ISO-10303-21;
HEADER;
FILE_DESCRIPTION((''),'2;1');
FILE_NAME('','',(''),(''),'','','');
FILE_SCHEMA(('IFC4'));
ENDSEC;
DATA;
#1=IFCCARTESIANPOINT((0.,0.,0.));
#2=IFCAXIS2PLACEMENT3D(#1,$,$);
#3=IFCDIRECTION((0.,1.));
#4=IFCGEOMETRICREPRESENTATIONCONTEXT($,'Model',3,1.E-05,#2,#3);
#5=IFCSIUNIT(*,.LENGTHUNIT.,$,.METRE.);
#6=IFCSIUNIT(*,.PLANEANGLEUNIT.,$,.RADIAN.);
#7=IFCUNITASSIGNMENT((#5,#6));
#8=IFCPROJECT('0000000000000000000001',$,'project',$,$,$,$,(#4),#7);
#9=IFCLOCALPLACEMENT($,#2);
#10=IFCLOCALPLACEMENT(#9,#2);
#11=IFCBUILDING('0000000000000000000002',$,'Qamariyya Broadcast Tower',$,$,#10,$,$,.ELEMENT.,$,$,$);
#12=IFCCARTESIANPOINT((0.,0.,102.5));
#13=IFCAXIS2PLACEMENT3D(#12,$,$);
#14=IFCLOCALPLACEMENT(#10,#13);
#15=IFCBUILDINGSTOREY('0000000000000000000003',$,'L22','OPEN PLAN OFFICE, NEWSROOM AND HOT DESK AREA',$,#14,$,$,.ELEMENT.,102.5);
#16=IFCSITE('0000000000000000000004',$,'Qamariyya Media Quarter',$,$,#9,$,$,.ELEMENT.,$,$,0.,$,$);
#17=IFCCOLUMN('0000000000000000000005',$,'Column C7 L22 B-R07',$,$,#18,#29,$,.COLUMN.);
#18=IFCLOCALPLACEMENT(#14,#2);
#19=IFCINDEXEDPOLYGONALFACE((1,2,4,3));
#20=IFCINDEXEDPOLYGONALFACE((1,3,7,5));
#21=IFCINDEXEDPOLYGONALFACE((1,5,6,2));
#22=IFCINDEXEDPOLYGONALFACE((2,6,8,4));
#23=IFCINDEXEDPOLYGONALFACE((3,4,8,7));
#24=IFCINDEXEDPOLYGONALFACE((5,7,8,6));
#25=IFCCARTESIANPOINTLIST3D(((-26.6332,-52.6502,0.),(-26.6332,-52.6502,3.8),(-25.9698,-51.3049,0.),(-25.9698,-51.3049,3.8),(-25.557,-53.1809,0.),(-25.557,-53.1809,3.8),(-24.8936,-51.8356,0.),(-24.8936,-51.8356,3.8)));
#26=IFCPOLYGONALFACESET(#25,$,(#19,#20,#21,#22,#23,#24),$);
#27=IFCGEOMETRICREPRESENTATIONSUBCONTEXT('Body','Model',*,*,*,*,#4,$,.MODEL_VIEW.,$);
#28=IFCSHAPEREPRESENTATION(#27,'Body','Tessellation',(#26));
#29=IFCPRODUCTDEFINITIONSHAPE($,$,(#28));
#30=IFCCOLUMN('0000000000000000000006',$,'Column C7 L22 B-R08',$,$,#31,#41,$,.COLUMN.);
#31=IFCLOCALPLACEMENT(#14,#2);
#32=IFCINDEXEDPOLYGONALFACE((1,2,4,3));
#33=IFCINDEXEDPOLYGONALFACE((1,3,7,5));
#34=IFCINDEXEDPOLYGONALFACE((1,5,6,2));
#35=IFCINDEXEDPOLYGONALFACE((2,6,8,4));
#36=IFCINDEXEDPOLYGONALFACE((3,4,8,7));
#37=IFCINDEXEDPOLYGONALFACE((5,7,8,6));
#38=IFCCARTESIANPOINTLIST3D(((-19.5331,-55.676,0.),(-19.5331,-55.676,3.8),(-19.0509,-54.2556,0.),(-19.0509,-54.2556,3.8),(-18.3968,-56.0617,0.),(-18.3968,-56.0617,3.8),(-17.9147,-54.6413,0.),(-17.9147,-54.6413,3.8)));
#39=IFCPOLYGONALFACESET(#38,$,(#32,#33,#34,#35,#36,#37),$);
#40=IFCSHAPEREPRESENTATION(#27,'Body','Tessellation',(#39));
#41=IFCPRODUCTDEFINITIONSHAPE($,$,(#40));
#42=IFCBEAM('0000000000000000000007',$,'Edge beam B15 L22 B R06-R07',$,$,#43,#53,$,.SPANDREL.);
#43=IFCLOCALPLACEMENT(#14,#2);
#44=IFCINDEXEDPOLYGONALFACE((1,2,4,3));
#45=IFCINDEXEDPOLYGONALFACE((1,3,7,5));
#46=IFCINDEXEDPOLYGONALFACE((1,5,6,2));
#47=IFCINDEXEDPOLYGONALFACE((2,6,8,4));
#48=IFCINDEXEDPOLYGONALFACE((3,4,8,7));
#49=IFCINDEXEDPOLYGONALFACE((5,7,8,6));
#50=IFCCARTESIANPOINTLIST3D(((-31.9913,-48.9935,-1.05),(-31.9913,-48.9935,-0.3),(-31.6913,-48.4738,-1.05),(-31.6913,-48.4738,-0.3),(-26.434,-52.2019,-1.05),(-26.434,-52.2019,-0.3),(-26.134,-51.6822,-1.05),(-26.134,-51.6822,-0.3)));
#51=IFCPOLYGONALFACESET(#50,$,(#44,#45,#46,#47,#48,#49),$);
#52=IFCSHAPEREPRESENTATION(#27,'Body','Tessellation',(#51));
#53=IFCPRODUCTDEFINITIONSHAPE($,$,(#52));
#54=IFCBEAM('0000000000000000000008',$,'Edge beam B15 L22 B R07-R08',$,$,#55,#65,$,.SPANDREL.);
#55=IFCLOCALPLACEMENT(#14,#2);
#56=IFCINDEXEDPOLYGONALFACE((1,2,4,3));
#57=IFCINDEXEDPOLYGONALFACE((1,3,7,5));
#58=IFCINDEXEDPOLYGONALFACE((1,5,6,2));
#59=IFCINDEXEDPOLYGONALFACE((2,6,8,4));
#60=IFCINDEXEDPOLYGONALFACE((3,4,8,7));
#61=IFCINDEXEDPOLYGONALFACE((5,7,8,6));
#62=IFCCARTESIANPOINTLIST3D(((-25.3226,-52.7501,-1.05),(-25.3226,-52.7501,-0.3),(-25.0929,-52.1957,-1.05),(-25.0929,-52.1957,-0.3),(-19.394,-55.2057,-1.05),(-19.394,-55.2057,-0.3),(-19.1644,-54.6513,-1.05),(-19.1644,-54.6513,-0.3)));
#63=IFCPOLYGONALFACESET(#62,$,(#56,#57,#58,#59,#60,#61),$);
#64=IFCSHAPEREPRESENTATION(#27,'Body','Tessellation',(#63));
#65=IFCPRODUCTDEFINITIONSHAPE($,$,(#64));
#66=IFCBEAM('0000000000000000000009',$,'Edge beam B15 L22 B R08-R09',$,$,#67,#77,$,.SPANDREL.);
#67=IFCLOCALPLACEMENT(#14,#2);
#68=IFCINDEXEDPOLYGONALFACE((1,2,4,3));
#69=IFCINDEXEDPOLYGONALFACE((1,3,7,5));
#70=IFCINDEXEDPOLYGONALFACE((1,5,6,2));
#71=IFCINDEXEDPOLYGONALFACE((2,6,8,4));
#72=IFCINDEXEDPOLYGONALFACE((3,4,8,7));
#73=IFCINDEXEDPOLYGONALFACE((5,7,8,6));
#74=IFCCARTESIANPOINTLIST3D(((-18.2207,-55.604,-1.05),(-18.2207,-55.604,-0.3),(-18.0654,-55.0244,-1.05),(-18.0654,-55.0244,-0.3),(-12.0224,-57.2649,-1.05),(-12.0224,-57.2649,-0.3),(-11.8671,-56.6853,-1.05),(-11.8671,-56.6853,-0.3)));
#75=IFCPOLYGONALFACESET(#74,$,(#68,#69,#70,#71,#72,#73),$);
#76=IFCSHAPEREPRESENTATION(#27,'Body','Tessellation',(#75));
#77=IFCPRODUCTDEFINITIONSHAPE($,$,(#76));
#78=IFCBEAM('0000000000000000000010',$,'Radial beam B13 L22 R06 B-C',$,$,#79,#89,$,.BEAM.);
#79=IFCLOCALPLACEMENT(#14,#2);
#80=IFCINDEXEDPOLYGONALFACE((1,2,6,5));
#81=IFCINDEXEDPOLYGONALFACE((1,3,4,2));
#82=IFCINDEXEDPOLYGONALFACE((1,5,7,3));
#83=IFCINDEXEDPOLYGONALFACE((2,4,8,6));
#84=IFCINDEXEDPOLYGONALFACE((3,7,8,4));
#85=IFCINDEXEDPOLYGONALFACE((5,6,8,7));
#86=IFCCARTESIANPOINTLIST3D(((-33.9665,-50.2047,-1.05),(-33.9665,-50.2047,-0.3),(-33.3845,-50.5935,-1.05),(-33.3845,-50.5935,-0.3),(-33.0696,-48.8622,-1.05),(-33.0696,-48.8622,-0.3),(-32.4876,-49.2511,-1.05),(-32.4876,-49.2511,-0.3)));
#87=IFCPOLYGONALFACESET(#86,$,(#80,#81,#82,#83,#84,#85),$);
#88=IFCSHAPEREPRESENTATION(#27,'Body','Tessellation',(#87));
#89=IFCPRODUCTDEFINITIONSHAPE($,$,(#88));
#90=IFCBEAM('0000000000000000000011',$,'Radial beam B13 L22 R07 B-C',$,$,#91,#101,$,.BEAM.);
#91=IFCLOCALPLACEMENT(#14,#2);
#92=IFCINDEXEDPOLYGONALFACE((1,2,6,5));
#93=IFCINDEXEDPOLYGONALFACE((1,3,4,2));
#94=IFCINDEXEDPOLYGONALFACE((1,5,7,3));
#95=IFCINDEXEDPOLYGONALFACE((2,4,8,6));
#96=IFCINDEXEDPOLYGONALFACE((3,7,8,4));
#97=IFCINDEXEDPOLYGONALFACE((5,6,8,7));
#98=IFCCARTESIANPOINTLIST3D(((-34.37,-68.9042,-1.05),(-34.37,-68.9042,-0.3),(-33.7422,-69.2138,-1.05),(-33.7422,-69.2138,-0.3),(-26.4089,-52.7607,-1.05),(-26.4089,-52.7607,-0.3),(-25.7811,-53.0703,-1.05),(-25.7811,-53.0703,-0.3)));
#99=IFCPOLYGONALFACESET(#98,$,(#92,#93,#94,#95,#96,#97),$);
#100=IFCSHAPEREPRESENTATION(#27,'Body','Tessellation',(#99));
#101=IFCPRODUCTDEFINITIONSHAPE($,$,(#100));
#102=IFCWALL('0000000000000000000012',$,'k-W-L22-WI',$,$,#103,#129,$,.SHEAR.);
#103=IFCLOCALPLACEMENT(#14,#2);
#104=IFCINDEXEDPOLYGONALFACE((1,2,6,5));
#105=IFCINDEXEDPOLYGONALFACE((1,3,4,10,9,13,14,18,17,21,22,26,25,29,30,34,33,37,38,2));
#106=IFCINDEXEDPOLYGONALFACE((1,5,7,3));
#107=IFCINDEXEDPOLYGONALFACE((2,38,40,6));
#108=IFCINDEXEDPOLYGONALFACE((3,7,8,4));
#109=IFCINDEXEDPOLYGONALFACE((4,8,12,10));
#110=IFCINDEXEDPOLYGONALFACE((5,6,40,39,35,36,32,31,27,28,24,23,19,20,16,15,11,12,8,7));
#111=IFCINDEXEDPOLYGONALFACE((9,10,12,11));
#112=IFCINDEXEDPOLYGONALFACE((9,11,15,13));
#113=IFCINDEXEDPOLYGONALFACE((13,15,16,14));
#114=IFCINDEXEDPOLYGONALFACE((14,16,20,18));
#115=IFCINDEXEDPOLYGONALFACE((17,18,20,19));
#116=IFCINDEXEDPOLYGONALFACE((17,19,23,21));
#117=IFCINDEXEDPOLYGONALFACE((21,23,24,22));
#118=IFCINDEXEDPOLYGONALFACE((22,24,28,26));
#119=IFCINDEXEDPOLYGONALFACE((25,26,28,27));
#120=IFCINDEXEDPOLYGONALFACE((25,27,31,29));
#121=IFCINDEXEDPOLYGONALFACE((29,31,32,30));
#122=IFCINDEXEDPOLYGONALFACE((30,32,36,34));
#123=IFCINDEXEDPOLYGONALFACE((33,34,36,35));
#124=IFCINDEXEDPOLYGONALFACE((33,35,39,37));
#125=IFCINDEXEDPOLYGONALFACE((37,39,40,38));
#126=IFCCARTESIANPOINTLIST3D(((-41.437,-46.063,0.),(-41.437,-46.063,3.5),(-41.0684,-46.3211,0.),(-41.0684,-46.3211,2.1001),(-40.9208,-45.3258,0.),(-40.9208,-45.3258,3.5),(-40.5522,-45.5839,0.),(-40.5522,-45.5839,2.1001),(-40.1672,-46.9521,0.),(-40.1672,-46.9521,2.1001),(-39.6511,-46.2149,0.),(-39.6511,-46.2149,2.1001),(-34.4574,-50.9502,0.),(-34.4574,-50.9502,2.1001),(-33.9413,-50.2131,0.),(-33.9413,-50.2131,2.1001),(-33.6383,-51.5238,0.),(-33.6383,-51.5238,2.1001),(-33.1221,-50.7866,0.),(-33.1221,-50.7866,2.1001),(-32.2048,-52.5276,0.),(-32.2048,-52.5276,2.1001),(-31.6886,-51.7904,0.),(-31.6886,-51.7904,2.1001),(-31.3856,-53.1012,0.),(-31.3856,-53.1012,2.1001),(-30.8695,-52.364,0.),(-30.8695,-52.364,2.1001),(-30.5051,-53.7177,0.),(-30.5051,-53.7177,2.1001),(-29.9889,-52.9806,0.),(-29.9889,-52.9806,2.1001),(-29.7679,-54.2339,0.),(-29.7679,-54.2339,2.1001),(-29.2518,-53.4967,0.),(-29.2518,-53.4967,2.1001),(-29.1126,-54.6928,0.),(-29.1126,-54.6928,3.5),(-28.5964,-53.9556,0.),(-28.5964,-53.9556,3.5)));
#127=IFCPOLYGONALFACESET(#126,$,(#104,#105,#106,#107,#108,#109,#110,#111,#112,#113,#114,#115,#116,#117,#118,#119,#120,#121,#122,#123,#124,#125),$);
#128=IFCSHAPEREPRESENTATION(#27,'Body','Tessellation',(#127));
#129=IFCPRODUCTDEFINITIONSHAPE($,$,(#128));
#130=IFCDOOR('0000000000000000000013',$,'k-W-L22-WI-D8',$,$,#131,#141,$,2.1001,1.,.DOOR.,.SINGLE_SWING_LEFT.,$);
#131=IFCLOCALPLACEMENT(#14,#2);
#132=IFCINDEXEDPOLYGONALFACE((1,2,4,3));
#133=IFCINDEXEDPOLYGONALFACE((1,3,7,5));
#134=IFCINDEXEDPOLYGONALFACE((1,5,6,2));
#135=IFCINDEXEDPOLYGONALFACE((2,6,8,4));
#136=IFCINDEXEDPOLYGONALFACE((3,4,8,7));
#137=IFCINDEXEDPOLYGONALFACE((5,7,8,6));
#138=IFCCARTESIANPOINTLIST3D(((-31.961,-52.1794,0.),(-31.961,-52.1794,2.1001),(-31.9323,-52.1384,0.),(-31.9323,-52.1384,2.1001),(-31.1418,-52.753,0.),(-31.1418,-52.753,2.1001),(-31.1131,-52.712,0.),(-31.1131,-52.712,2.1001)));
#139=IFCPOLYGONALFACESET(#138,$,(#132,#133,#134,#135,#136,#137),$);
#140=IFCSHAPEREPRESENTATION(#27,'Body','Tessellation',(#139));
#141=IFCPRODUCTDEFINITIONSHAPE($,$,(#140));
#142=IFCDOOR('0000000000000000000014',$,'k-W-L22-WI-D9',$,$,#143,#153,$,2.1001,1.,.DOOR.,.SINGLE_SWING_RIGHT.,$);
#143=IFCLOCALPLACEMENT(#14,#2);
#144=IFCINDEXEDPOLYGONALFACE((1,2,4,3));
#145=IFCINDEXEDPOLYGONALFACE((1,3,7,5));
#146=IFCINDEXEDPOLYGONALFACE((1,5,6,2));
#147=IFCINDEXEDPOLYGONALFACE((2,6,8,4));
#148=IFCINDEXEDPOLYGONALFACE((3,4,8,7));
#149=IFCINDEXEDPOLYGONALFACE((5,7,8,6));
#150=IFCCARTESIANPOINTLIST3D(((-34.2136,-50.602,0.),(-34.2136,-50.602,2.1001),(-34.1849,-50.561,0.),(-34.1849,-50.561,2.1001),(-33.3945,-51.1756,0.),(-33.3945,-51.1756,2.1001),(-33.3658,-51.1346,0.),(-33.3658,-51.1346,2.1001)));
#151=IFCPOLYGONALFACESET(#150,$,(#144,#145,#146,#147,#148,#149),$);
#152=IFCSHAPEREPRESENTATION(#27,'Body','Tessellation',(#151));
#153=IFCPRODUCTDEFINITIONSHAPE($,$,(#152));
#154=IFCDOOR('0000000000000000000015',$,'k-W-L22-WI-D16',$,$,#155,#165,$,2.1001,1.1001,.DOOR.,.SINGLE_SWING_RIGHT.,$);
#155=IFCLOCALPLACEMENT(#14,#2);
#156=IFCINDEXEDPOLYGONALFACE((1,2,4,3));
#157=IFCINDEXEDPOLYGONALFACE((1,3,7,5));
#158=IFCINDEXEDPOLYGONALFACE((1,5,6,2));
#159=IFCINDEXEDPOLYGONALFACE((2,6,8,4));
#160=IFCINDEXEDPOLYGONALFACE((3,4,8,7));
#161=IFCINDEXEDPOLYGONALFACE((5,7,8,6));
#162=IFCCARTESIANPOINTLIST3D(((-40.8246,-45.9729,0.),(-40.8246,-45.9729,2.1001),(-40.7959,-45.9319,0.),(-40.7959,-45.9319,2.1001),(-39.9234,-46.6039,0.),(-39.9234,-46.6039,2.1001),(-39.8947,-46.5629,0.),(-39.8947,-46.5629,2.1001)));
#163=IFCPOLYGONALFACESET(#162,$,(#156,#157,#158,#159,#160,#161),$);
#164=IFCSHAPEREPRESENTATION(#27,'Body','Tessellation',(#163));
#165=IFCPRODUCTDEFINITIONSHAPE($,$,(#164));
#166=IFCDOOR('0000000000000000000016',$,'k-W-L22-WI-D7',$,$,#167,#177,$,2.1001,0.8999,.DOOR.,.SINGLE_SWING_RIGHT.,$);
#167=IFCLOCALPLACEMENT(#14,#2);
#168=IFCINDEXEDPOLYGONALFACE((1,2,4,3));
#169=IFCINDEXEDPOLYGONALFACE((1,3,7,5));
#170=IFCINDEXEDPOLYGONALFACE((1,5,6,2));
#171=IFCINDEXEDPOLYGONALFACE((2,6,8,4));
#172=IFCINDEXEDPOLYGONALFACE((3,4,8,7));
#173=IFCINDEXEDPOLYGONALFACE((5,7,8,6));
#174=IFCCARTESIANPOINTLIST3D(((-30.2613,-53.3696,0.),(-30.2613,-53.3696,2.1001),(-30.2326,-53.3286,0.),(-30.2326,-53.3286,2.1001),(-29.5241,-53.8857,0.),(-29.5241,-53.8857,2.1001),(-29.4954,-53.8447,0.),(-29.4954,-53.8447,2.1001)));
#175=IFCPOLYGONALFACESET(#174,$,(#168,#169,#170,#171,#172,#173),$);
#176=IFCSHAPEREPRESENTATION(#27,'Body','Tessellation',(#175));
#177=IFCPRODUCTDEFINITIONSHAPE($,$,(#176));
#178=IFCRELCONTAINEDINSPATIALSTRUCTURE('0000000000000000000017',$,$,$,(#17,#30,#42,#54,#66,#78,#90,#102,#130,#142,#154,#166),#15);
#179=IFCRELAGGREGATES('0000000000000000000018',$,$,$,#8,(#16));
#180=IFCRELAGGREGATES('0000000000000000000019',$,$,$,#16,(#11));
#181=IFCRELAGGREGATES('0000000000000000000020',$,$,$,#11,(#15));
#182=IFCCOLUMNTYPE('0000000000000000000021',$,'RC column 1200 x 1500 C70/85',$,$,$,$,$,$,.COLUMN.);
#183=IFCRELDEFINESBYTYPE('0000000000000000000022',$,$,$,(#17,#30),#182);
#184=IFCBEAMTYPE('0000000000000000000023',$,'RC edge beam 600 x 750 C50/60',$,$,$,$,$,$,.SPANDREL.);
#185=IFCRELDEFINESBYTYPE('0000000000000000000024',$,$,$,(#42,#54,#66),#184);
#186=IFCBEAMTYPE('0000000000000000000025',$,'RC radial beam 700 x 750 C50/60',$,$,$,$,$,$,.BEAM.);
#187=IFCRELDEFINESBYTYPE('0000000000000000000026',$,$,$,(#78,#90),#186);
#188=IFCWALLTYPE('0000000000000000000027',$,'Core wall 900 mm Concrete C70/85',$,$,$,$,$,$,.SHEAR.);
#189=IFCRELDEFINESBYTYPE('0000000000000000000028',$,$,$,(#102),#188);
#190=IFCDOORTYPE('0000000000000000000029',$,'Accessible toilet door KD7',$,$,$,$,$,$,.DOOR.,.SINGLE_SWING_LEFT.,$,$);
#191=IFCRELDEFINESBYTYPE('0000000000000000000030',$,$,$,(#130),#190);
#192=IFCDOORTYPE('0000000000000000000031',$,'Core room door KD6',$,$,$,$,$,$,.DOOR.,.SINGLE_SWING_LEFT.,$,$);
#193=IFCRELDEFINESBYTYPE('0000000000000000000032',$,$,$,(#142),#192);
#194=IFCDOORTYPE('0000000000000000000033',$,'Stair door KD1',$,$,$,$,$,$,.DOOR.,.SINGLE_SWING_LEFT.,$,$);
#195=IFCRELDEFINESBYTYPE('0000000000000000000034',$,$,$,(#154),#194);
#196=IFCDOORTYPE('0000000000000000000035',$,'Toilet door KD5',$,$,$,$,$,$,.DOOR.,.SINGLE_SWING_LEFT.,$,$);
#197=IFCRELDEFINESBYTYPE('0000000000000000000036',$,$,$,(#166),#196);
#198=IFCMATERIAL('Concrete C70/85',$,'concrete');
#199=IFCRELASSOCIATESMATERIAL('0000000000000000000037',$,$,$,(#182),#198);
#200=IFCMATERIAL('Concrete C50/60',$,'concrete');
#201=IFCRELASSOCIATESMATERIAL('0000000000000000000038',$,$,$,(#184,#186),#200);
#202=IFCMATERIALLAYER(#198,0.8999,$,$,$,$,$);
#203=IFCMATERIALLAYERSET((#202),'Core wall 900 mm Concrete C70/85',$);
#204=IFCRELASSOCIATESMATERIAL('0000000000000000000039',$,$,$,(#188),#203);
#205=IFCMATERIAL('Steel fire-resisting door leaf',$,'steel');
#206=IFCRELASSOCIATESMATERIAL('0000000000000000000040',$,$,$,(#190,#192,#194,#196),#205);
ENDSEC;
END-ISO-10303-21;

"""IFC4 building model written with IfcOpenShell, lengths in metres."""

from ifc_helpers import new_model, si_unit, direction, frame, frame_2d, origin, origin_2d, place, context, subcontext, project, spatial, rectangle, extrude, material, layer, layer_set, material_profile, profile_set, type_object, element, fill, save


model = new_model("IFC4")

# Units and contexts
model_context = context("Model", 3, precision=1e-05, world=origin(), true_north=direction((0.0, 1.0)))
body_context = subcontext(model_context, "Body", "Model", "MODEL_VIEW")
ifc_project = project(units=[si_unit("LENGTHUNIT", "METRE"), si_unit("PLANEANGLEUNIT", "RADIAN")], contexts=[model_context])

# Site, building, storey
site_placement = place(None, origin())
site = spatial("IfcSite", under=ifc_project, at=site_placement, Name="Qamariyya Media Quarter", CompositionType="ELEMENT", RefElevation=0.0)
building_placement = place(site_placement, origin())
building = spatial("IfcBuilding", under=site, at=building_placement, Name="Qamariyya Broadcast Tower", CompositionType="ELEMENT")
storey_placement = place(building_placement, frame((0.0, 0.0, 102.5)))
storey = spatial("IfcBuildingStorey", under=building, at=storey_placement, Name="L22", Description="OPEN PLAN OFFICE, NEWSROOM AND HOT DESK AREA", CompositionType="ELEMENT", Elevation=102.5)

# Columns
ifc_material_1 = material(Name="Concrete C70/85", Category="concrete")
ifc_material_profile_1 = material_profile(ifc_material_1, rectangle(XDim=1.2, YDim=1.5, at=origin_2d()))
ifc_profile_set_1 = profile_set([ifc_material_profile_1], Name="Concrete C70/85")
column_type = type_object("IfcColumnType", Name="RC column 1200 x 1500 C70/85", PredefinedType="COLUMN", material=ifc_profile_set_1)
for number, where, z_axis, x_axis, name in (
    (1, (-25.7634, -52.2429, 0.0), (0.0, 0.0, 1.0), (0.896873, -0.442289, 0.0), "Column C7 L22 B-R07"),
    (2, (-18.7239, -55.1587, 0.0), (0.0, 0.0, 1.0), (0.94693, -0.321439, 0.0), "Column C7 L22 B-R08"),
):
    element("IfcColumn", number, at=place(storey_placement, frame(where, z_axis=z_axis, x_axis=x_axis)), inside=storey, type_object=column_type, Name=name, PredefinedType="COLUMN", context=body_context, shape_type="SweptSolid", body=[
        extrude(rectangle(XDim=1.2, YDim=1.5, at=origin_2d()), origin(), (0.0, 0.0, 1.0), 3.8),
    ])

# Beams
ifc_material_2 = material(Name="Concrete C50/60", Category="concrete")
ifc_material_profile_2 = material_profile(ifc_material_2, rectangle(XDim=0.6001, YDim=0.75, at=origin_2d()))
ifc_profile_set_2 = profile_set([ifc_material_profile_2], Name="Concrete C50/60")
beam_type_1 = type_object("IfcBeamType", Name="RC edge beam 600 x 750 C50/60", PredefinedType="SPANDREL", material=ifc_profile_set_2)
for number, where, z_axis, x_axis, name in (
    (3, (-31.8413, -48.7336, -0.675), (0.866029, -0.499994, 0.0), (0.499994, 0.866029, 0.0), "Edge beam B15 L22 B R06-R07"),
    (4, (-25.2078, -52.4729, -0.675), (0.923884, -0.382672, 0.0), (0.382672, 0.923884, 0.0), "Edge beam B15 L22 B R07-R08"),
    (5, (-18.1431, -55.3142, -0.675), (0.965923, -0.25883, 0.0), (0.25883, 0.965923, 0.0), "Edge beam B15 L22 B R08-R09"),
):
    element("IfcBeam", number, at=place(storey_placement, frame(where, z_axis=z_axis, x_axis=x_axis)), inside=storey, type_object=beam_type_1, Name=name, PredefinedType="SPANDREL", context=body_context, shape_type="SweptSolid", body=[
        extrude(rectangle(XDim=0.6001, YDim=0.75, at=origin_2d()), origin(), (0.0, 0.0, 1.0), 6.417),
    ])
ifc_material_profile_3 = material_profile(ifc_material_2, rectangle(XDim=0.7, YDim=0.75, at=origin_2d()))
ifc_profile_set_3 = profile_set([ifc_material_profile_3], Name="Concrete C50/60")
beam_type_2 = type_object("IfcBeamType", Name="RC radial beam 700 x 750 C50/60", PredefinedType="BEAM", material=ifc_profile_set_3)
beam_1_placement = place(storey_placement, frame((-32.7786, -49.0566, -0.675), z_axis=(-0.555537, -0.831492, 0.0), x_axis=(0.831492, -0.555537, 0.0)))
element("IfcBeam", 6, at=beam_1_placement, inside=storey, type_object=beam_type_2, Name="Radial beam B13 L22 R06 B-C", PredefinedType="BEAM", context=body_context, shape_type="SweptSolid", body=[
    extrude(rectangle(XDim=0.7, YDim=0.75, at=origin_2d()), origin(), (0.0, 0.0, 1.0), 1.6145),
])
beam_2_placement = place(storey_placement, frame((-26.095, -52.9155, -0.675), z_axis=(-0.442291, -0.896871, 0.0), x_axis=(0.896871, -0.442291, 0.0)))
element("IfcBeam", 7, at=beam_2_placement, inside=storey, type_object=beam_type_2, Name="Radial beam B13 L22 R07 B-C", PredefinedType="BEAM", context=body_context, shape_type="SweptSolid", body=[
    extrude(rectangle(XDim=0.7, YDim=0.75, at=origin_2d()), origin(), (0.0, 0.0, 1.0), 17.9998),
])

# Wall, openings, doors
ifc_layer_1 = layer(ifc_material_1, 0.8999)
ifc_layer_set_1 = layer_set([ifc_layer_1], Name="Core wall 900 mm Concrete C70/85")
wall_type_1 = type_object("IfcWallType", Name="Core wall 900 mm Concrete C70/85", PredefinedType="SHEAR", material=ifc_layer_set_1)
wall_1_placement = place(storey_placement, frame((-28.8545, -54.3242, 0.0), z_axis=(0.0, 0.0, 1.0), x_axis=(-0.819146, 0.573585, 0.0)))
wall_1 = element("IfcWall", 8, at=wall_1_placement, inside=storey, type_object=wall_type_1, Name="k-W-L22-WI", PredefinedType="SHEAR", context=body_context, shape_type="SweptSolid", body=[
    extrude(rectangle(XDim=15.0454, YDim=0.8999, at=frame_2d((7.5227, 0.0))), origin(), (0.0, 0.0, 1.0), 3.5),
])
opening_1_placement = place(wall_1_placement, frame((0.8, 0.0, 0.0)))
opening_1 = element("IfcOpeningElement", 9, at=opening_1_placement, cuts=wall_1, PredefinedType="OPENING", context=body_context, shape_type="SweptSolid", body=[
    extrude(rectangle(XDim=0.8999, YDim=2.1001, at=frame_2d((0.45, 1.05))), frame((0.0, 0.46, 0.0), z_axis=(0.0, -1.0, 0.0), x_axis=(1.0, 0.0, 0.0)), (0.0, 0.0, 1.0), 0.9199),
])
opening_2_placement = place(wall_1_placement, frame((2.7749, 0.0, 0.0)))
opening_2 = element("IfcOpeningElement", 10, at=opening_2_placement, cuts=wall_1, PredefinedType="OPENING", context=body_context, shape_type="SweptSolid", body=[
    extrude(rectangle(XDim=1.0, YDim=2.1001, at=frame_2d((0.5, 1.05))), frame((0.0, 0.46, 0.0), z_axis=(0.0, -1.0, 0.0), x_axis=(1.0, 0.0, 0.0)), (0.0, 0.0, 1.0), 0.9199),
])
opening_3_placement = place(wall_1_placement, frame((5.5249, 0.0, 0.0)))
opening_3 = element("IfcOpeningElement", 11, at=opening_3_placement, cuts=wall_1, PredefinedType="OPENING", context=body_context, shape_type="SweptSolid", body=[
    extrude(rectangle(XDim=1.0, YDim=2.1001, at=frame_2d((0.5, 1.05))), frame((0.0, 0.46, 0.0), z_axis=(0.0, -1.0, 0.0), x_axis=(1.0, 0.0, 0.0)), (0.0, 0.0, 1.0), 0.9199),
])
opening_4_placement = place(wall_1_placement, frame((13.4954, 0.0, 0.0)))
opening_4 = element("IfcOpeningElement", 12, at=opening_4_placement, cuts=wall_1, PredefinedType="OPENING", context=body_context, shape_type="SweptSolid", body=[
    extrude(rectangle(XDim=1.1001, YDim=2.1001, at=frame_2d((0.55, 1.05))), frame((0.0, 0.46, 0.0), z_axis=(0.0, -1.0, 0.0), x_axis=(1.0, 0.0, 0.0)), (0.0, 0.0, 1.0), 0.9199),
])
ifc_material_3 = material(Name="Steel fire-resisting door leaf", Category="steel")
door_type_1 = type_object("IfcDoorType", Name="Accessible toilet door KD7", OperationType="SINGLE_SWING_LEFT", PredefinedType="DOOR", material=ifc_material_3)
door_1_placement = place(opening_2_placement, origin())
door_1 = element("IfcDoor", 13, at=door_1_placement, inside=storey, type_object=door_type_1, Name="k-W-L22-WI-D8", OperationType="SINGLE_SWING_LEFT", OverallHeight=2.1001, OverallWidth=1.0, PredefinedType="DOOR", context=body_context, shape_type="SweptSolid", body=[
    extrude(rectangle(XDim=1.0, YDim=2.1001, at=frame_2d((0.5, 1.05))), frame((0.0, 0.0249, 0.0), z_axis=(0.0, -1.0, 0.0), x_axis=(1.0, 0.0, 0.0)), (0.0, 0.0, 1.0), 0.05),
])
fill(opening_2, door_1)
door_type_2 = type_object("IfcDoorType", Name="Core room door KD6", OperationType="SINGLE_SWING_LEFT", PredefinedType="DOOR", material=ifc_material_3)
door_2_placement = place(opening_3_placement, origin())
door_2 = element("IfcDoor", 14, at=door_2_placement, inside=storey, type_object=door_type_2, Name="k-W-L22-WI-D9", OperationType="SINGLE_SWING_RIGHT", OverallHeight=2.1001, OverallWidth=1.0, PredefinedType="DOOR", context=body_context, shape_type="SweptSolid", body=[
    extrude(rectangle(XDim=1.0, YDim=2.1001, at=frame_2d((0.5, 1.05))), frame((0.0, 0.0249, 0.0), z_axis=(0.0, -1.0, 0.0), x_axis=(1.0, 0.0, 0.0)), (0.0, 0.0, 1.0), 0.05),
])
fill(opening_3, door_2)
door_type_3 = type_object("IfcDoorType", Name="Stair door KD1", OperationType="SINGLE_SWING_LEFT", PredefinedType="DOOR", material=ifc_material_3)
door_3_placement = place(opening_4_placement, origin())
door_3 = element("IfcDoor", 15, at=door_3_placement, inside=storey, type_object=door_type_3, Name="k-W-L22-WI-D16", OperationType="SINGLE_SWING_RIGHT", OverallHeight=2.1001, OverallWidth=1.1001, PredefinedType="DOOR", context=body_context, shape_type="SweptSolid", body=[
    extrude(rectangle(XDim=1.1001, YDim=2.1001, at=frame_2d((0.55, 1.05))), frame((0.0, 0.0249, 0.0), z_axis=(0.0, -1.0, 0.0), x_axis=(1.0, 0.0, 0.0)), (0.0, 0.0, 1.0), 0.05),
])
fill(opening_4, door_3)
door_type_4 = type_object("IfcDoorType", Name="Toilet door KD5", OperationType="SINGLE_SWING_LEFT", PredefinedType="DOOR", material=ifc_material_3)
door_4_placement = place(opening_1_placement, origin())
door_4 = element("IfcDoor", 16, at=door_4_placement, inside=storey, type_object=door_type_4, Name="k-W-L22-WI-D7", OperationType="SINGLE_SWING_RIGHT", OverallHeight=2.1001, OverallWidth=0.8999, PredefinedType="DOOR", context=body_context, shape_type="SweptSolid", body=[
    extrude(rectangle(XDim=0.8999, YDim=2.1001, at=frame_2d((0.45, 1.05))), frame((0.0, 0.0249, 0.0), z_axis=(0.0, -1.0, 0.0), x_axis=(1.0, 0.0, 0.0)), (0.0, 0.0, 1.0), 0.05),
])
fill(opening_1, door_4)

save(model, "model.ifc")
